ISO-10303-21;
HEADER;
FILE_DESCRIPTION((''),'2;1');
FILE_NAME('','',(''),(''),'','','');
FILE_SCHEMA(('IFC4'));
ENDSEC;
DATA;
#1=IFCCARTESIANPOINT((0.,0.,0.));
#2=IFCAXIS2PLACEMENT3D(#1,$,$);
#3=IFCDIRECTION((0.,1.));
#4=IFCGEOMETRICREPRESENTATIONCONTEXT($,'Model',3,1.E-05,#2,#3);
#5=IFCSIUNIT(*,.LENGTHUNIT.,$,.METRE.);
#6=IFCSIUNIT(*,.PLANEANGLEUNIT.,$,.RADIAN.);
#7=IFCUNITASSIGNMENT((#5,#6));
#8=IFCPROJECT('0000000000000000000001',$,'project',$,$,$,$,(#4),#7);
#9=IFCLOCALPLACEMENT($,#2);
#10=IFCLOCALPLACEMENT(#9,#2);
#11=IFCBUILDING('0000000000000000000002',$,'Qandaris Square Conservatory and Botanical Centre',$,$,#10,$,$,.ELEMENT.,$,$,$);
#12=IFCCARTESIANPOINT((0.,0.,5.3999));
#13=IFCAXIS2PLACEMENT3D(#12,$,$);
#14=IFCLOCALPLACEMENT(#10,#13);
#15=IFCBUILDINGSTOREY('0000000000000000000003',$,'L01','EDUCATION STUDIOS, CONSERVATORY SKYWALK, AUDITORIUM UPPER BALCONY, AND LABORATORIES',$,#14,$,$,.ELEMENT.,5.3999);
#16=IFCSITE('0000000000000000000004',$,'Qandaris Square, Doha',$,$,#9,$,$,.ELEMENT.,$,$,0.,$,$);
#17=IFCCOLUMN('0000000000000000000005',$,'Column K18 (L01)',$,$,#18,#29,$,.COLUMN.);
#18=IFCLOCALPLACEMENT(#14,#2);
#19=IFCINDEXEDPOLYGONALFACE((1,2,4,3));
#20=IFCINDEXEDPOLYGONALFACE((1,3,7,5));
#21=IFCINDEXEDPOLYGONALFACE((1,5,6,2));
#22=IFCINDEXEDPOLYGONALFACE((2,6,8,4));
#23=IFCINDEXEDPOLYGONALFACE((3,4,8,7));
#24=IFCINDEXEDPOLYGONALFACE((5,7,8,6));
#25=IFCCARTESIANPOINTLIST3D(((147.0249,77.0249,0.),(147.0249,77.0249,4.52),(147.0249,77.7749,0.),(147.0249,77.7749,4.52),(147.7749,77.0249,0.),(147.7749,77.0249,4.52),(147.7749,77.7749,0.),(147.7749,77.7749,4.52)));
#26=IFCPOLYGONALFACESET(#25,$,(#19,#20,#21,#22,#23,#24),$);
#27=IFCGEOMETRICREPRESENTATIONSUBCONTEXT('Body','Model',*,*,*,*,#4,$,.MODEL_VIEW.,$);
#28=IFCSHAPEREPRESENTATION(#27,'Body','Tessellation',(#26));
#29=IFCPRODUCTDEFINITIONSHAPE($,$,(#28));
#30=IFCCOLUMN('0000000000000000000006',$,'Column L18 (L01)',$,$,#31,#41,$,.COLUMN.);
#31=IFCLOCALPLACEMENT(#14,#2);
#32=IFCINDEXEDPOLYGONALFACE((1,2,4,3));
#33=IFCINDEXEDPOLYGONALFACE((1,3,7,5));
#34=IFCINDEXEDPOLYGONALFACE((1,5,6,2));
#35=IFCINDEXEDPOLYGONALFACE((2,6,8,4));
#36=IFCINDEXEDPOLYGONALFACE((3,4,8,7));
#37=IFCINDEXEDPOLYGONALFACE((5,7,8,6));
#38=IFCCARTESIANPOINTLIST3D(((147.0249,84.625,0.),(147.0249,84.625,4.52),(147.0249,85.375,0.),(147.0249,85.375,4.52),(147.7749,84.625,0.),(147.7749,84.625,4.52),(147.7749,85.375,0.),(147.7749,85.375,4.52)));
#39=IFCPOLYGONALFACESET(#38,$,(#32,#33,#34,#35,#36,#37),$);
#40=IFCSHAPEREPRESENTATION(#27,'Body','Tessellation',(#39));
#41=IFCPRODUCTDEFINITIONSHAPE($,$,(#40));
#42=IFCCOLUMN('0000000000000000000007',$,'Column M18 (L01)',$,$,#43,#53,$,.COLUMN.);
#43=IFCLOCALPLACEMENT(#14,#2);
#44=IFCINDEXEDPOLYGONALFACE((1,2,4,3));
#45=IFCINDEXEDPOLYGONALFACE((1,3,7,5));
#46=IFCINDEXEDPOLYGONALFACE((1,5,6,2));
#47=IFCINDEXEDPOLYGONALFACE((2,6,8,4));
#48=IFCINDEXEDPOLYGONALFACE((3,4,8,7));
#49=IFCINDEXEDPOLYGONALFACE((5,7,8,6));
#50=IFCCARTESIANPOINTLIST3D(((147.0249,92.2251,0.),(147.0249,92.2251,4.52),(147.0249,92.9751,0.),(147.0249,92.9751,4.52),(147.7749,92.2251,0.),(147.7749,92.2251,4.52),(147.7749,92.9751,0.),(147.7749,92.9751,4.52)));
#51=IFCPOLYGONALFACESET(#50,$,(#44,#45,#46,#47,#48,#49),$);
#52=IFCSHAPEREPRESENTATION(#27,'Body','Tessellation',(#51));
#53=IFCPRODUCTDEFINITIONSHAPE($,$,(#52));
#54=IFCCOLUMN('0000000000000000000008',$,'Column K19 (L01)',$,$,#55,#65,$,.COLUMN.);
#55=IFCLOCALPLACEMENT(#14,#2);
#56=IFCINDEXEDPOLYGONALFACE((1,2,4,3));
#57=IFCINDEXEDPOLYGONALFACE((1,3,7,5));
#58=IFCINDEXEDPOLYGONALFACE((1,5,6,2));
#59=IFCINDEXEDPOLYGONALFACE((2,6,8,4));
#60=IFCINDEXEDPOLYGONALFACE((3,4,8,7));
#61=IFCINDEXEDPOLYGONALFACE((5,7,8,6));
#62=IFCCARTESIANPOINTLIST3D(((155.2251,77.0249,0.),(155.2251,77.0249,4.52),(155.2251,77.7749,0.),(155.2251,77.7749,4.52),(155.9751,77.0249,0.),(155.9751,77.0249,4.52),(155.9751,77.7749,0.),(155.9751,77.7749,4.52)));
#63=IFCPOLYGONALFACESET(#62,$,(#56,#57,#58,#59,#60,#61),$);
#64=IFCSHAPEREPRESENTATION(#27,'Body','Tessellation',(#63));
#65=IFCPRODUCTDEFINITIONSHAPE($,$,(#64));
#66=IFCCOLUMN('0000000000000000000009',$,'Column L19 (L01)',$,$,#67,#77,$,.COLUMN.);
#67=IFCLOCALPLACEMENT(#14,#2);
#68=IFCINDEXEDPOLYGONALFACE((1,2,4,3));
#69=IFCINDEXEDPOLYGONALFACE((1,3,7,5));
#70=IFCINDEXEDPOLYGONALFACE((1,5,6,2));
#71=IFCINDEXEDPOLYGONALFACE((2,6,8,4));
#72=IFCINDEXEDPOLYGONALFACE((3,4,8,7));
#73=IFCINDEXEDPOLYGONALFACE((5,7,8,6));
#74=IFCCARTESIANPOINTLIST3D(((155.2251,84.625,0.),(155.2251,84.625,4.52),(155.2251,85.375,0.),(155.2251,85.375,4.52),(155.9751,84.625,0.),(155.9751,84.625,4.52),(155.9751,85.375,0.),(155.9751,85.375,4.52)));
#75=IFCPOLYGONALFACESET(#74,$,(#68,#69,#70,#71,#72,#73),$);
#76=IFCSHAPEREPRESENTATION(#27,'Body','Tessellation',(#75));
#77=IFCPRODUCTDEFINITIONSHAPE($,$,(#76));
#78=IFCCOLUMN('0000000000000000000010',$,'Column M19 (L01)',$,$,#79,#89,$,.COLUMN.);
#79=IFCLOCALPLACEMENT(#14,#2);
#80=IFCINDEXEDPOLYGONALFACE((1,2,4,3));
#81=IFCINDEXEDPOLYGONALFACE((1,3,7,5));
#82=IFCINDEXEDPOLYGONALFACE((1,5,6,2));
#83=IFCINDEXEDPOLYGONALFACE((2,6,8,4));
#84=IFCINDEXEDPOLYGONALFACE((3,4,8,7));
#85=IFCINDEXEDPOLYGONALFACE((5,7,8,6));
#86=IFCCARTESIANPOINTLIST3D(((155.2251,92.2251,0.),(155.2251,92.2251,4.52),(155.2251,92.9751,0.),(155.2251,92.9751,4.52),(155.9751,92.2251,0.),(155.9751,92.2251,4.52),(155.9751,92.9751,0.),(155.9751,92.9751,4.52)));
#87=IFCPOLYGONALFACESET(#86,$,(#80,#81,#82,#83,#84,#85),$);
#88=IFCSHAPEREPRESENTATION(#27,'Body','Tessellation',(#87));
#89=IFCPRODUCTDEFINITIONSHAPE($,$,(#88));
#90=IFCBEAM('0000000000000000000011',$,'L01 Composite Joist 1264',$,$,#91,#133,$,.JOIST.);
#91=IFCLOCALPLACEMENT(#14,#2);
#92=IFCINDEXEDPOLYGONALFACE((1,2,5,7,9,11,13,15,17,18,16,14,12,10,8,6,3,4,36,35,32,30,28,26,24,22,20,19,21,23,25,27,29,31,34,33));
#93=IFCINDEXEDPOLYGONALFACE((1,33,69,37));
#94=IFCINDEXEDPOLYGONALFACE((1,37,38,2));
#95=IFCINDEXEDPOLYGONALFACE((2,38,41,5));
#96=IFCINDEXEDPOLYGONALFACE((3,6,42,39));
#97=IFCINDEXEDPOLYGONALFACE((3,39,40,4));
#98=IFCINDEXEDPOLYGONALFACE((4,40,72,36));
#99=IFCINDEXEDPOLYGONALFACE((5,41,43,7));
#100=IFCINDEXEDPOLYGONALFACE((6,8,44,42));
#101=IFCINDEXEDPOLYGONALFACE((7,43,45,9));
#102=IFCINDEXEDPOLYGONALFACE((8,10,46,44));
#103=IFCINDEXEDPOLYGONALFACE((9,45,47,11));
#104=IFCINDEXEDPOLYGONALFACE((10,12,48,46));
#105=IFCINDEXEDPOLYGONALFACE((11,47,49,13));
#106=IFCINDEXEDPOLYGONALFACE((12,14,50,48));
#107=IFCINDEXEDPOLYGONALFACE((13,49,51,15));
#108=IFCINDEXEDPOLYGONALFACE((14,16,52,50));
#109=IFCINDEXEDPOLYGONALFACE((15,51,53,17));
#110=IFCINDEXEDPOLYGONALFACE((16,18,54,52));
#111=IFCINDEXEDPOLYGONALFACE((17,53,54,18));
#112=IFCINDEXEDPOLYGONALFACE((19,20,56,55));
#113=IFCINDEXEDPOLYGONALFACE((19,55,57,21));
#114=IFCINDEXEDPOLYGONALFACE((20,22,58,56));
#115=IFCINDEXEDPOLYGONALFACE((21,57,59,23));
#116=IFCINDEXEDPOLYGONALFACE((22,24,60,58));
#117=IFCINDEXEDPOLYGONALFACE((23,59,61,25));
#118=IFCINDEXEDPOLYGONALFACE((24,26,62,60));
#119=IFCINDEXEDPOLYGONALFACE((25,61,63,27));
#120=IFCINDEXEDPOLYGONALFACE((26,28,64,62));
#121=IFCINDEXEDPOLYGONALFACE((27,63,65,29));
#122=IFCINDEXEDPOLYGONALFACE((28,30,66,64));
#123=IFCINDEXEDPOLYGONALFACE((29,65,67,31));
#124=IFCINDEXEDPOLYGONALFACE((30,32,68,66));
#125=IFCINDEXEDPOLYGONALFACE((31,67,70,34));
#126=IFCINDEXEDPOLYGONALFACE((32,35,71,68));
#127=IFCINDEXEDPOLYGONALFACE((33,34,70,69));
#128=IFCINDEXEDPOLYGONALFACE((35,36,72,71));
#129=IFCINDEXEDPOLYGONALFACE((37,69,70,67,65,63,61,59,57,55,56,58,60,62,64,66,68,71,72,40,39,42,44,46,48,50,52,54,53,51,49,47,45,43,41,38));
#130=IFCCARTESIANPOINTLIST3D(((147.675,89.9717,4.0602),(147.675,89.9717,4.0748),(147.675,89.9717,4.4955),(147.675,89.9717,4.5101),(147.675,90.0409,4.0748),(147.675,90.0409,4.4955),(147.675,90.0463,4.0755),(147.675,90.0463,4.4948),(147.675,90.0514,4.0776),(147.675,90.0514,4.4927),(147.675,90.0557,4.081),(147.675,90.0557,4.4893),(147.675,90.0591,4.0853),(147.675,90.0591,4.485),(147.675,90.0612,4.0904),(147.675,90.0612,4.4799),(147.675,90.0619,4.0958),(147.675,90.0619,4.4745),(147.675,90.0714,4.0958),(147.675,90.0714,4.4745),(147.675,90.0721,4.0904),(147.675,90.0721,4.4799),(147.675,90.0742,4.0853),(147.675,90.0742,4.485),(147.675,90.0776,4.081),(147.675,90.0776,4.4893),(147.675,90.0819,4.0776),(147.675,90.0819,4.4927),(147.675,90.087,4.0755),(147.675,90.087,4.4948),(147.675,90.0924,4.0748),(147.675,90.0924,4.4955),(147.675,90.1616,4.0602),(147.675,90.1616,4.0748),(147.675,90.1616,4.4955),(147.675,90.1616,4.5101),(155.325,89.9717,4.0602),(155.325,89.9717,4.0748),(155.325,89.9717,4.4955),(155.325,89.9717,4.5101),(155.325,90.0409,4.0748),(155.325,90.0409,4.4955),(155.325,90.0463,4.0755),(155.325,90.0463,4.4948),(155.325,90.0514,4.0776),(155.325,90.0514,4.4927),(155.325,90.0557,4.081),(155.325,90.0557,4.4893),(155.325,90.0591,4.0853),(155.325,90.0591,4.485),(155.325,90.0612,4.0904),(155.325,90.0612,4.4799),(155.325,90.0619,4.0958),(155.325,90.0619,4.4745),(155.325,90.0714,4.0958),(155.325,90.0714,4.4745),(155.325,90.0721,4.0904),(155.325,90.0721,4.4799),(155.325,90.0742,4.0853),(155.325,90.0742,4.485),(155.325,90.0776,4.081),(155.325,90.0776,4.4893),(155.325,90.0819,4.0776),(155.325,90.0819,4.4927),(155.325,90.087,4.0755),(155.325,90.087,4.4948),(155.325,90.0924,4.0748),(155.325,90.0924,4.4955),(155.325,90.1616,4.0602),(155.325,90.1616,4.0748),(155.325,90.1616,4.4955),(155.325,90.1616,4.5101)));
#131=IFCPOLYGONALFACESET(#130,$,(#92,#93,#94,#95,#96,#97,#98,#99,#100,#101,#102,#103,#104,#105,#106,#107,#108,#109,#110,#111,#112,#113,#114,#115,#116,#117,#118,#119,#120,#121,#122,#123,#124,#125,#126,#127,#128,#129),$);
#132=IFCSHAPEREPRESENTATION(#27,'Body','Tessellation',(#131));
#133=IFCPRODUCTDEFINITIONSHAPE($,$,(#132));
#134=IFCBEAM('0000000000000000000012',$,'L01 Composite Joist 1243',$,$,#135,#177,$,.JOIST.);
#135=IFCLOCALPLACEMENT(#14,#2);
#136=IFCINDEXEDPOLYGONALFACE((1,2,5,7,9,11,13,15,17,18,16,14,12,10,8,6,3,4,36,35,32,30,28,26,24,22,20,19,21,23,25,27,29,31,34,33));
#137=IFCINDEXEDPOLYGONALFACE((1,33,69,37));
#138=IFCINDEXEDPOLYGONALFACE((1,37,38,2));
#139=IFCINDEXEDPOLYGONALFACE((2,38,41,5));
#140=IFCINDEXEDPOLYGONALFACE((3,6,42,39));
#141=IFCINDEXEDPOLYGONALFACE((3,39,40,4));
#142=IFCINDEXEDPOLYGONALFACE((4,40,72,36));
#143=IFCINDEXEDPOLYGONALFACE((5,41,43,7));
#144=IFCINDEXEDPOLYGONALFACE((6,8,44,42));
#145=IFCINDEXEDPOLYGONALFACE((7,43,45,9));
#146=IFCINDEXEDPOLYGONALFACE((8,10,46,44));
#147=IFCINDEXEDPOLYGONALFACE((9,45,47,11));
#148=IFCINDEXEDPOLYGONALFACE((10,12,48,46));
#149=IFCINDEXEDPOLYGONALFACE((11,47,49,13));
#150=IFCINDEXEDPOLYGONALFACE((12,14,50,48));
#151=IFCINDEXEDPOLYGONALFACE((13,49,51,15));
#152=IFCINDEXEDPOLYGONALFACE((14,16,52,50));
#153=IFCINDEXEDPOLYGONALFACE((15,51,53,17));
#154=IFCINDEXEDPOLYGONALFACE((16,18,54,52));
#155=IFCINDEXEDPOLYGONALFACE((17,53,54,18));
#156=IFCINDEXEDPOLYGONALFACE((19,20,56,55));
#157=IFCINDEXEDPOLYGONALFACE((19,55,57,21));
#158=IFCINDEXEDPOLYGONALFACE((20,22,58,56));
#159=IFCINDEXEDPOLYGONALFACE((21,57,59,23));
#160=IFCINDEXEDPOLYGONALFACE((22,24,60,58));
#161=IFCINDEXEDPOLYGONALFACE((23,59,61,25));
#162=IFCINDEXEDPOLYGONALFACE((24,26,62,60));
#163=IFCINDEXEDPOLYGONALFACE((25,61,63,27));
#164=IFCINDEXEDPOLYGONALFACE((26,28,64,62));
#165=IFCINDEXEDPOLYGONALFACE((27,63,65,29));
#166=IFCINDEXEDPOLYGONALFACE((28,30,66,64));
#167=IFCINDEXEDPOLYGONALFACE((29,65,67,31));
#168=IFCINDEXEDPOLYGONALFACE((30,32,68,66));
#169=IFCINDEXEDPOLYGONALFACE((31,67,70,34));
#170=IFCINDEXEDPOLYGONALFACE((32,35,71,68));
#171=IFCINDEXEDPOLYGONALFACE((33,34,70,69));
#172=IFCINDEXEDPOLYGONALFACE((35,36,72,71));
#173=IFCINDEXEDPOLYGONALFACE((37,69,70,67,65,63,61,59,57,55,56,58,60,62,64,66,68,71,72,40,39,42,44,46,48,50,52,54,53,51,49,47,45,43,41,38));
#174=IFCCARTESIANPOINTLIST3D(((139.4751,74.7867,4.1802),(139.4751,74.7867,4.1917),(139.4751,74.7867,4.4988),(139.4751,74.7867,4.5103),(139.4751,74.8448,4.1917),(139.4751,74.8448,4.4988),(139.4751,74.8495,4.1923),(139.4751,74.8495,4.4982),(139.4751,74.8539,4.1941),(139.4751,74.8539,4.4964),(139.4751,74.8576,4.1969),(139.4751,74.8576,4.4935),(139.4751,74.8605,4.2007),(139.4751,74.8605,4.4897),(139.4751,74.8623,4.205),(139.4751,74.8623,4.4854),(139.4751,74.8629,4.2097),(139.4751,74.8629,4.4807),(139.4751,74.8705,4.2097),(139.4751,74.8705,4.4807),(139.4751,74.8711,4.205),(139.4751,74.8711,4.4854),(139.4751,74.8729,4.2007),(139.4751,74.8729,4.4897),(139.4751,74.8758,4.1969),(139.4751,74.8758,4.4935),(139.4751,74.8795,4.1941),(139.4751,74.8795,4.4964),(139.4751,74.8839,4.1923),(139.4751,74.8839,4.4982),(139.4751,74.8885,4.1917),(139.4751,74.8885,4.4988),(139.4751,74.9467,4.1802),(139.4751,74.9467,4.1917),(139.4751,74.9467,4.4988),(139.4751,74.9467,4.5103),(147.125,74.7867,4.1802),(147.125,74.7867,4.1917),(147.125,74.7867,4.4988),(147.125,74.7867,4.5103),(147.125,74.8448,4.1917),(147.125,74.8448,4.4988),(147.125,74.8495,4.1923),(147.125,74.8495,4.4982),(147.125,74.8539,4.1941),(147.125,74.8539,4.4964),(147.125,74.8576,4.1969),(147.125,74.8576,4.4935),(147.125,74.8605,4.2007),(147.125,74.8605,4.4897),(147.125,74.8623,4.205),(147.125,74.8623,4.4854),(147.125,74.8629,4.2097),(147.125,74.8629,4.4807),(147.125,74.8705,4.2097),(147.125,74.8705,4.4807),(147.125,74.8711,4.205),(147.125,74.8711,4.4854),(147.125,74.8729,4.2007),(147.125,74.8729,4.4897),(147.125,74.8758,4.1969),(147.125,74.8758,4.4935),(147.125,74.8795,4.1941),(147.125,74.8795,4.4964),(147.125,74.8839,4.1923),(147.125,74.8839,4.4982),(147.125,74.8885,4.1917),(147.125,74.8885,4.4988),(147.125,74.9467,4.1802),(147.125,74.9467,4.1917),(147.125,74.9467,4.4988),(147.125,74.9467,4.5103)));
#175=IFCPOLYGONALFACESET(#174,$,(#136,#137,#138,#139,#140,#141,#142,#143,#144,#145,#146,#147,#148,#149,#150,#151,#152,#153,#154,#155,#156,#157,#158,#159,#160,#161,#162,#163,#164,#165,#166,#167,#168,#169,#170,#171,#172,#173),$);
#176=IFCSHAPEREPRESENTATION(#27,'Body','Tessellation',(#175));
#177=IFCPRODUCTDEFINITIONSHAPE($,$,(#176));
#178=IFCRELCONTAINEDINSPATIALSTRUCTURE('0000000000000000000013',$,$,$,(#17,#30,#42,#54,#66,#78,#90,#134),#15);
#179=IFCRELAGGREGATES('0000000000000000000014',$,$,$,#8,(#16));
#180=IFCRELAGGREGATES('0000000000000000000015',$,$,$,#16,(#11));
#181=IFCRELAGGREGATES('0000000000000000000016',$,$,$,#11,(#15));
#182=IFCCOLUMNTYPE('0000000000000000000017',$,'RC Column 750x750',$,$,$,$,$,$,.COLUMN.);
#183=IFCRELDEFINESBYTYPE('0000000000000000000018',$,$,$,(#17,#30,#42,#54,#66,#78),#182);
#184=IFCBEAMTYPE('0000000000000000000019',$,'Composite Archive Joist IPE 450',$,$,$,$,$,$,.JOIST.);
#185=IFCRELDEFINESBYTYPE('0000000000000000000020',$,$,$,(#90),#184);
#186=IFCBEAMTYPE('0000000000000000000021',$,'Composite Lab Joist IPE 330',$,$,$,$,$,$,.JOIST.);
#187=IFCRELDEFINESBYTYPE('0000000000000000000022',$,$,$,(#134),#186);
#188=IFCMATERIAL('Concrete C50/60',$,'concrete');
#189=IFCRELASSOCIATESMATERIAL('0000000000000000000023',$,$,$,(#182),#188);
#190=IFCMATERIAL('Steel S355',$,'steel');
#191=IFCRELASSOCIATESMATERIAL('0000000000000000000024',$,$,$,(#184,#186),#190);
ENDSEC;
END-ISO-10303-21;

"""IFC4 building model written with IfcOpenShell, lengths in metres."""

from ifc_helpers import new_model, si_unit, direction, frame, origin, origin_2d, place, context, subcontext, project, spatial, rectangle, i_section, extrude, material, material_profile, profile_set, type_object, element, save


model = new_model("IFC4")

# Units and contexts
model_context = context("Model", 3, precision=1e-05, world=origin(), true_north=direction((0.0, 1.0)))
body_context = subcontext(model_context, "Body", "Model", "MODEL_VIEW")
ifc_project = project(units=[si_unit("LENGTHUNIT", "METRE"), si_unit("PLANEANGLEUNIT", "RADIAN")], contexts=[model_context])

# Site, building, storey
site_placement = place(None, origin())
site = spatial("IfcSite", under=ifc_project, at=site_placement, Name="Qandaris Square, Doha", CompositionType="ELEMENT", RefElevation=0.0)
building_placement = place(site_placement, origin())
building = spatial("IfcBuilding", under=site, at=building_placement, Name="Qandaris Square Conservatory and Botanical Centre", CompositionType="ELEMENT")
storey_placement = place(building_placement, frame((0.0, 0.0, 5.3999)))
storey = spatial("IfcBuildingStorey", under=building, at=storey_placement, Name="L01", Description="EDUCATION STUDIOS, CONSERVATORY SKYWALK, AUDITORIUM UPPER BALCONY, AND LABORATORIES", CompositionType="ELEMENT", Elevation=5.3999)

# Columns
ifc_material_1 = material(Name="Concrete C50/60", Category="concrete")
ifc_material_profile_1 = material_profile(ifc_material_1, rectangle(XDim=0.75, YDim=0.75, at=origin_2d()), Name="RC-COL 750x750")
ifc_profile_set_1 = profile_set([ifc_material_profile_1], Name="Concrete C50/60")
column_type = type_object("IfcColumnType", Name="RC Column 750x750", PredefinedType="COLUMN", material=ifc_profile_set_1)
for number, where, z_axis, x_axis, name in (
    (1, (147.3999, 77.3999, 0.0), (0.0, 0.0, 1.0), (1.0, 0.0, 0.0), "Column K18 (L01)"),
    (2, (147.3999, 85.0, 0.0), (0.0, 0.0, 1.0), (1.0, 0.0, 0.0), "Column L18 (L01)"),
    (3, (147.3999, 92.6001, 0.0), (0.0, 0.0, 1.0), (1.0, 0.0, 0.0), "Column M18 (L01)"),
    (4, (155.6001, 77.3999, 0.0), (0.0, 0.0, 1.0), (1.0, 0.0, 0.0), "Column K19 (L01)"),
    (5, (155.6001, 85.0, 0.0), (0.0, 0.0, 1.0), (1.0, 0.0, 0.0), "Column L19 (L01)"),
    (6, (155.6001, 92.6001, 0.0), (0.0, 0.0, 1.0), (1.0, 0.0, 0.0), "Column M19 (L01)"),
):
    element("IfcColumn", number, at=place(storey_placement, frame(where, z_axis=z_axis, x_axis=x_axis)), inside=storey, type_object=column_type, Name=name, PredefinedType="COLUMN", context=body_context, shape_type="SweptSolid", body=[
        extrude(rectangle(XDim=0.75, YDim=0.75, at=origin_2d()), origin(), (0.0, 0.0, 1.0), 4.52),
    ])

# Beams
ifc_material_2 = material(Name="Steel S355", Category="steel")
ifc_material_profile_2 = material_profile(ifc_material_2, i_section(OverallWidth=0.1899, OverallDepth=0.45, WebThickness=0.0095, FlangeThickness=0.0146, FilletRadius=0.021, at=origin_2d()), Name="IPE 450")
ifc_profile_set_2 = profile_set([ifc_material_profile_2], Name="Steel S355")
beam_type_1 = type_object("IfcBeamType", Name="Composite Archive Joist IPE 450", PredefinedType="JOIST", material=ifc_profile_set_2)
beam_1_placement = place(storey_placement, frame((147.675, 90.0667, 4.2852), z_axis=(1.0, 0.0, 0.0), x_axis=(0.0, 1.0, 0.0)))
element("IfcBeam", 7, at=beam_1_placement, inside=storey, type_object=beam_type_1, Name="L01 Composite Joist 1264", PredefinedType="JOIST", context=body_context, shape_type="SweptSolid", body=[
    extrude(i_section(OverallWidth=0.1899, OverallDepth=0.45, WebThickness=0.0095, FlangeThickness=0.0146, FilletRadius=0.021, at=origin_2d()), origin(), (0.0, 0.0, 1.0), 7.6499),
])
ifc_material_profile_3 = material_profile(ifc_material_2, i_section(OverallWidth=0.1599, OverallDepth=0.3301, WebThickness=0.0076, FlangeThickness=0.0115, FilletRadius=0.0181, at=origin_2d()), Name="IPE 330")
ifc_profile_set_3 = profile_set([ifc_material_profile_3], Name="Steel S355")
beam_type_2 = type_object("IfcBeamType", Name="Composite Lab Joist IPE 330", PredefinedType="JOIST", material=ifc_profile_set_3)
for number, where, z_axis, x_axis, name in (
    (8, (139.4751, 74.8667, 4.3452), (1.0, 0.0, 0.0), (0.0, 1.0, 0.0), "L01 Composite Joist 1243"),
):
    element("IfcBeam", number, at=place(storey_placement, frame(where, z_axis=z_axis, x_axis=x_axis)), inside=storey, type_object=beam_type_2, Name=name, PredefinedType="JOIST", context=body_context, shape_type="SweptSolid", body=[
        extrude(i_section(OverallWidth=0.1599, OverallDepth=0.3301, WebThickness=0.0076, FlangeThickness=0.0115, FilletRadius=0.0181, at=origin_2d()), origin(), (0.0, 0.0, 1.0), 7.6499),
    ])

save(model, "model.ifc")
